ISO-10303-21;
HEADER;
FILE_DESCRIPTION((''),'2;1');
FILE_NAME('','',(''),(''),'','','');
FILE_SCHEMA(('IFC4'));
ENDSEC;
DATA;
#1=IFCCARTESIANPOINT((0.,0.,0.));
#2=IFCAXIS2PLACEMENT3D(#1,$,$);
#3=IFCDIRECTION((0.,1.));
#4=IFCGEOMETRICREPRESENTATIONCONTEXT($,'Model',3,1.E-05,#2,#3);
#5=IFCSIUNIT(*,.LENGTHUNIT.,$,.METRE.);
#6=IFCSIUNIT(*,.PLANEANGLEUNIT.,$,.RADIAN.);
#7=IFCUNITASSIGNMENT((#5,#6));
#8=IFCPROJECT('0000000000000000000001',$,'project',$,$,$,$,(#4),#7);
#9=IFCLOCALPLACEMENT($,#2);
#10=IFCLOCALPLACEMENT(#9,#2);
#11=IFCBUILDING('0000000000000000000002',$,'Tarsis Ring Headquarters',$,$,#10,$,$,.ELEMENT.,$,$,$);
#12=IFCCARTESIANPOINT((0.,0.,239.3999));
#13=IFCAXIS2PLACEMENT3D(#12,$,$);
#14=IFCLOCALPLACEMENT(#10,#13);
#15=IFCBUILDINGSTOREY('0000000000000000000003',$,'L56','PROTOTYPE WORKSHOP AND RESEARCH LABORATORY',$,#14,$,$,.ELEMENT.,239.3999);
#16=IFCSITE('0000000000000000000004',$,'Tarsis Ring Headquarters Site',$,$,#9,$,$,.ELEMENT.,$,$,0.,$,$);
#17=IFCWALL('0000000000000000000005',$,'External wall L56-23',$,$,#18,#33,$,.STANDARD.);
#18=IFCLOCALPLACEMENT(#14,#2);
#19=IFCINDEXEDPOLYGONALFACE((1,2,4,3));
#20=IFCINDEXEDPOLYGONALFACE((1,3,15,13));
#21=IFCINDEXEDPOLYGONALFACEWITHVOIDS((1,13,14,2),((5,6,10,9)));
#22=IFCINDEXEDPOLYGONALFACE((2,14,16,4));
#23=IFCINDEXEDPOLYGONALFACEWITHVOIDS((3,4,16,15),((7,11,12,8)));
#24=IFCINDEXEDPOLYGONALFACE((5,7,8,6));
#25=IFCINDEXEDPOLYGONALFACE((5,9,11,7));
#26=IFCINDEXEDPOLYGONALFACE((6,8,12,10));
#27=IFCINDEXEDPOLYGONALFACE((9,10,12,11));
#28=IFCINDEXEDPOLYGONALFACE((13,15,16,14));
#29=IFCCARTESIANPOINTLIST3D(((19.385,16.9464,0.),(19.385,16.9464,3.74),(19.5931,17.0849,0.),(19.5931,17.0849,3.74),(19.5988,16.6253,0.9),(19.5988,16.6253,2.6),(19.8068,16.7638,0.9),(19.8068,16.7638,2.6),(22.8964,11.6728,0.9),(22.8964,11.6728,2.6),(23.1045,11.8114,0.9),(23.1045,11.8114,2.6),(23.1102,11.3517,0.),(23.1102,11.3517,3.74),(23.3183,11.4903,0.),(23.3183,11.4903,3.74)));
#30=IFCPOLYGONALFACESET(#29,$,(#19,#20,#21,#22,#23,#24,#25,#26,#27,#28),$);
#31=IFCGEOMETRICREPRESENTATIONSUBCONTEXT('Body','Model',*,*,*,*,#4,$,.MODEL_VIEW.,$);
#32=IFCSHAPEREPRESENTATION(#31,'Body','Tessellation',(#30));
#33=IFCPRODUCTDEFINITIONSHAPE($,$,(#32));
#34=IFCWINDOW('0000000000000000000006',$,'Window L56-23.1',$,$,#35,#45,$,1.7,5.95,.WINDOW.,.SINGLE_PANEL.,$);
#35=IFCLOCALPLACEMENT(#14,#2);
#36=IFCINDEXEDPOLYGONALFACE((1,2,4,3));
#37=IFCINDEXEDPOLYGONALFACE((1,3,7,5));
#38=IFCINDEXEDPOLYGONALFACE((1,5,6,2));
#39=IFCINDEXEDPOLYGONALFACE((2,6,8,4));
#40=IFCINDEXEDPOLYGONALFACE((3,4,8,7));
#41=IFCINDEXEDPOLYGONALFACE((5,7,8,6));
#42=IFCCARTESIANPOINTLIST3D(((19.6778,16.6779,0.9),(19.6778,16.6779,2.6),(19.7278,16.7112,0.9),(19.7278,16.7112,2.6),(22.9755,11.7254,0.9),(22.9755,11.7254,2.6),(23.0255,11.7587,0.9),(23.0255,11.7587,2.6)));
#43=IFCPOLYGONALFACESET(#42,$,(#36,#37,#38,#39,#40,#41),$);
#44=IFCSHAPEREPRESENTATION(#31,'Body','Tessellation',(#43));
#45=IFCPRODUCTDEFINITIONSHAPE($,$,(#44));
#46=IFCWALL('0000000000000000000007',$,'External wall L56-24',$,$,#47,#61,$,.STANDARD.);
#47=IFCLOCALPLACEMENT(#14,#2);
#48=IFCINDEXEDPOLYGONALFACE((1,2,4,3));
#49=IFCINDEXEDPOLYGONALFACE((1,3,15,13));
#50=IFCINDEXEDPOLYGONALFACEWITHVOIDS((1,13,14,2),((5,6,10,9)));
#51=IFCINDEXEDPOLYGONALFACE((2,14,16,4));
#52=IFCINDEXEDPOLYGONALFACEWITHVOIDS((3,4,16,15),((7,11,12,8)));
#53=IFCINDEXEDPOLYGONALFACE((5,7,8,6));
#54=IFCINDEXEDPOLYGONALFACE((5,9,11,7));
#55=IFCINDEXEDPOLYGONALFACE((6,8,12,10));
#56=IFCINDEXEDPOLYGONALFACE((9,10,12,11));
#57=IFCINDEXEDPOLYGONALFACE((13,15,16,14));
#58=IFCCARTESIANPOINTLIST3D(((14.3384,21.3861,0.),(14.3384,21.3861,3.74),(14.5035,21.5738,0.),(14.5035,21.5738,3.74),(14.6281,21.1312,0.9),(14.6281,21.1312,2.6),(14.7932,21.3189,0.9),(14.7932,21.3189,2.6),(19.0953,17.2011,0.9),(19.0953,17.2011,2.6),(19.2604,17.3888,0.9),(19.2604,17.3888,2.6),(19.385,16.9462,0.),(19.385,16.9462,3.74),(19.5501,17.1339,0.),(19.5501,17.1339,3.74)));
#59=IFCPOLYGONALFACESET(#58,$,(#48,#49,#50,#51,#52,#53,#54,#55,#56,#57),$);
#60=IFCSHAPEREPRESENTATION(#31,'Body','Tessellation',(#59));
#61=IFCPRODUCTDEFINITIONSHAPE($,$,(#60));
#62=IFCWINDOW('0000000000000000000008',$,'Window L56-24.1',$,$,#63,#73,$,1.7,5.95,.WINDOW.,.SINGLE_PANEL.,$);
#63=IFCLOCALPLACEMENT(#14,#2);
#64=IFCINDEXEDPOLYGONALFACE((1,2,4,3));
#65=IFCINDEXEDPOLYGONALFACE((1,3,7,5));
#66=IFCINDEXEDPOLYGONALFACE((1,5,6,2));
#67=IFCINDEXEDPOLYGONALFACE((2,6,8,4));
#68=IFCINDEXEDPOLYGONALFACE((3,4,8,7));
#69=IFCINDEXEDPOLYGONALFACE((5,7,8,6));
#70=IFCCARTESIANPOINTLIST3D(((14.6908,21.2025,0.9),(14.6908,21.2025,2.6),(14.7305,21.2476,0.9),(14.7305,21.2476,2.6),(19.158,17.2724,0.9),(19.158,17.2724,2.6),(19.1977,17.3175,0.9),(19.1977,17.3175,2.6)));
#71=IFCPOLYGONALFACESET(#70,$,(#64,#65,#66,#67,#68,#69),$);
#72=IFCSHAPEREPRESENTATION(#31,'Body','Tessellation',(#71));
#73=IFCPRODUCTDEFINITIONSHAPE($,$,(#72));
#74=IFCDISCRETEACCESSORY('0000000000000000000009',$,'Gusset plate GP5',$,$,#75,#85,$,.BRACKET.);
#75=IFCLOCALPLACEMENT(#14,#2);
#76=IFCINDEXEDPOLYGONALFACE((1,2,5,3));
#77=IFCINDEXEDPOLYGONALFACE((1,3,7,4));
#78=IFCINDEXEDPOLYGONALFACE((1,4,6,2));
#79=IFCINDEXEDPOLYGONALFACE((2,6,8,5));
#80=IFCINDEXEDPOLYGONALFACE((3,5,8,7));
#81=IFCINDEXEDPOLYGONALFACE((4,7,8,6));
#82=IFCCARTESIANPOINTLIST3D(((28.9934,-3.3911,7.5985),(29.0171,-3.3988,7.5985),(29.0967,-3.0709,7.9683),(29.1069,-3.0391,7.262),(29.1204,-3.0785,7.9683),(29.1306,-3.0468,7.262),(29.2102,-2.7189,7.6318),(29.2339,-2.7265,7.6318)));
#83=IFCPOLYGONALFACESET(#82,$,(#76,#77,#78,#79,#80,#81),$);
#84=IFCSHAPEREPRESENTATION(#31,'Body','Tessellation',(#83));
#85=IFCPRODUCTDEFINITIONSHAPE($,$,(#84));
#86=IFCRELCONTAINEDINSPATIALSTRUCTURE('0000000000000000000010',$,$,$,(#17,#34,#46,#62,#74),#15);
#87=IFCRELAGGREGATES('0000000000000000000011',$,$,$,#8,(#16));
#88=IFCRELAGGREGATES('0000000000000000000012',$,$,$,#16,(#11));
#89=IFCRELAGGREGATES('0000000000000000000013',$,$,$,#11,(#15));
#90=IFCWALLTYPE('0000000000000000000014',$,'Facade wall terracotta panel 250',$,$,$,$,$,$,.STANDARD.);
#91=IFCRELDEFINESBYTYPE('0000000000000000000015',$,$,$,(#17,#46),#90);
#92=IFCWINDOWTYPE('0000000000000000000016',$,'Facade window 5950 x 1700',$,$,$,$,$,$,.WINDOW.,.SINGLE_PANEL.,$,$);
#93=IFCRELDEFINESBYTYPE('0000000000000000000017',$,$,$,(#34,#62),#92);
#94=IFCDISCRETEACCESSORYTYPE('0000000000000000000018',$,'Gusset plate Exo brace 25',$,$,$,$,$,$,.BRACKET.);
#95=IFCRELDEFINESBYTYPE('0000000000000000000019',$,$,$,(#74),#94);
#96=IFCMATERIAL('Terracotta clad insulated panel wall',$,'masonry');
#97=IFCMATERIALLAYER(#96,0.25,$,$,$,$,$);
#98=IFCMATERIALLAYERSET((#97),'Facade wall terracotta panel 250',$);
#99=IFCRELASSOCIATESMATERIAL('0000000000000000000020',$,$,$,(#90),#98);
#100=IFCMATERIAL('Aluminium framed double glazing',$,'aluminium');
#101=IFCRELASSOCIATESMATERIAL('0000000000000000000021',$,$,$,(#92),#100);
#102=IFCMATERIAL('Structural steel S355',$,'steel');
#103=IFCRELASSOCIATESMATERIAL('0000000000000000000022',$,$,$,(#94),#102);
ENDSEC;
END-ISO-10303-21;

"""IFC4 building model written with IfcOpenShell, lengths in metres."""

from ifc_helpers import new_model, si_unit, direction, frame, frame_2d, origin, origin_2d, place, context, subcontext, project, spatial, rectangle, extrude, material, layer, layer_set, material_profile, profile_set, type_object, element, fill, save


model = new_model("IFC4")

# Units and contexts
model_context = context("Model", 3, precision=1e-05, world=origin(), true_north=direction((0.0, 1.0)))
body_context = subcontext(model_context, "Body", "Model", "MODEL_VIEW")
ifc_project = project(units=[si_unit("LENGTHUNIT", "METRE"), si_unit("PLANEANGLEUNIT", "RADIAN")], contexts=[model_context])

# Site, building, storey
site_placement = place(None, origin())
site = spatial("IfcSite", under=ifc_project, at=site_placement, Name="Tarsis Ring Headquarters Site", CompositionType="ELEMENT", RefElevation=0.0)
building_placement = place(site_placement, origin())
building = spatial("IfcBuilding", under=site, at=building_placement, Name="Tarsis Ring Headquarters", CompositionType="ELEMENT")
storey_placement = place(building_placement, frame((0.0, 0.0, 239.3999)))
storey = spatial("IfcBuildingStorey", under=building, at=storey_placement, Name="L56", Description="PROTOTYPE WORKSHOP AND RESEARCH LABORATORY", CompositionType="ELEMENT", Elevation=239.3999)

# Shared definitions
ifc_material_1 = material(Name="Structural steel S355", Category="steel")

# Walls, openings, windows
ifc_material_2 = material(Name="Terracotta clad insulated panel wall", Category="masonry")
ifc_layer_1 = layer(ifc_material_2, 0.25)
ifc_layer_set_1 = layer_set([ifc_layer_1], Name="Facade wall terracotta panel 250")
wall_type_1 = type_object("IfcWallType", Name="Facade wall terracotta panel 250", PredefinedType="STANDARD", material=ifc_layer_set_1)
ifc_material_3 = material(Name="Aluminium framed double glazing", Category="aluminium")
window_type = type_object("IfcWindowType", Name="Facade window 5950 x 1700", PartitioningType="SINGLE_PANEL", PredefinedType="WINDOW", material=ifc_material_3)
wall_1_placement = place(storey_placement, frame((23.2144, 11.4209, 0.0), z_axis=(0.0, 0.0, 1.0), x_axis=(-0.554239, 0.832358, 0.0)))
wall_1 = element("IfcWall", 1, at=wall_1_placement, inside=storey, type_object=wall_type_1, Name="External wall L56-23", PredefinedType="STANDARD", context=body_context, shape_type="SweptSolid", body=[
    extrude(rectangle(XDim=6.7214, YDim=0.25, at=frame_2d((3.3608, 0.0))), origin(), (0.0, 0.0, 1.0), 3.74),
])
opening_1_placement = place(wall_1_placement, frame((0.3857, 0.0, 0.8999)))
opening_1 = element("IfcOpeningElement", 2, at=opening_1_placement, cuts=wall_1, PredefinedType="OPENING", context=body_context, shape_type="SweptSolid", body=[
    extrude(rectangle(XDim=5.95, YDim=1.7, at=frame_2d((2.9751, 0.8501))), frame((0.0, 0.135, 0.0), z_axis=(0.0, -1.0, 0.0), x_axis=(1.0, 0.0, 0.0)), (0.0, 0.0, 1.0), 0.27),
])
window_1_placement = place(opening_1_placement, origin())
window_1 = element("IfcWindow", 3, at=window_1_placement, inside=storey, type_object=window_type, Name="Window L56-23.1", OverallHeight=1.7, OverallWidth=5.95, PartitioningType="SINGLE_PANEL", PredefinedType="WINDOW", context=body_context, shape_type="SweptSolid", body=[
    extrude(rectangle(XDim=5.95, YDim=1.7, at=frame_2d((2.9751, 0.8501))), frame((0.0, 0.03, 0.0), z_axis=(0.0, -1.0, 0.0), x_axis=(1.0, 0.0, 0.0)), (0.0, 0.0, 1.0), 0.0601),
])
fill(opening_1, window_1)
wall_2_placement = place(storey_placement, frame((19.4675, 17.04, 0.0), z_axis=(0.0, 0.0, 1.0), x_axis=(-0.750794, 0.660536, 0.0)))
wall_2 = element("IfcWall", 4, at=wall_2_placement, inside=storey, type_object=wall_type_1, Name="External wall L56-24", PredefinedType="STANDARD", context=body_context, shape_type="SweptSolid", body=[
    extrude(rectangle(XDim=6.7217, YDim=0.25, at=frame_2d((3.3608, 0.0))), origin(), (0.0, 0.0, 1.0), 3.74),
])
opening_2_placement = place(wall_2_placement, frame((0.3857, 0.0, 0.8999)))
opening_2 = element("IfcOpeningElement", 5, at=opening_2_placement, cuts=wall_2, PredefinedType="OPENING", context=body_context, shape_type="SweptSolid", body=[
    extrude(rectangle(XDim=5.95, YDim=1.7, at=frame_2d((2.9751, 0.8501))), frame((0.0, 0.135, 0.0), z_axis=(0.0, -1.0, 0.0), x_axis=(1.0, 0.0, 0.0)), (0.0, 0.0, 1.0), 0.27),
])
window_2_placement = place(opening_2_placement, origin())
window_2 = element("IfcWindow", 6, at=window_2_placement, inside=storey, type_object=window_type, Name="Window L56-24.1", OverallHeight=1.7, OverallWidth=5.95, PartitioningType="SINGLE_PANEL", PredefinedType="WINDOW", context=body_context, shape_type="SweptSolid", body=[
    extrude(rectangle(XDim=5.95, YDim=1.7, at=frame_2d((2.9751, 0.8501))), frame((0.0, 0.03, 0.0), z_axis=(0.0, -1.0, 0.0), x_axis=(1.0, 0.0, 0.0)), (0.0, 0.0, 1.0), 0.0601),
])
fill(opening_2, window_2)

# Discrete accessory
ifc_material_profile_1 = material_profile(ifc_material_1, rectangle(XDim=0.0249, YDim=0.5, at=origin_2d()), Name="PL 25x500")
ifc_profile_set_1 = profile_set([ifc_material_profile_1], Name="Structural steel S355")
discrete_accessory_type = type_object("IfcDiscreteAccessoryType", Name="Gusset plate Exo brace 25", PredefinedType="BRACKET", material=ifc_profile_set_1)
discrete_accessory_placement = place(storey_placement, frame((29.1653, -2.8987, 7.8), z_axis=(-0.206514, -0.640534, -0.739641), x_axis=(0.951756, -0.306854, 0.0)))
element("IfcDiscreteAccessory", 7, at=discrete_accessory_placement, inside=storey, type_object=discrete_accessory_type, Name="Gusset plate GP5", PredefinedType="BRACKET", context=body_context, shape_type="SweptSolid", body=[
    extrude(rectangle(XDim=0.0249, YDim=0.5, at=origin_2d()), origin(), (0.0, 0.0, 1.0), 0.5),
])

save(model, "model.ifc")
